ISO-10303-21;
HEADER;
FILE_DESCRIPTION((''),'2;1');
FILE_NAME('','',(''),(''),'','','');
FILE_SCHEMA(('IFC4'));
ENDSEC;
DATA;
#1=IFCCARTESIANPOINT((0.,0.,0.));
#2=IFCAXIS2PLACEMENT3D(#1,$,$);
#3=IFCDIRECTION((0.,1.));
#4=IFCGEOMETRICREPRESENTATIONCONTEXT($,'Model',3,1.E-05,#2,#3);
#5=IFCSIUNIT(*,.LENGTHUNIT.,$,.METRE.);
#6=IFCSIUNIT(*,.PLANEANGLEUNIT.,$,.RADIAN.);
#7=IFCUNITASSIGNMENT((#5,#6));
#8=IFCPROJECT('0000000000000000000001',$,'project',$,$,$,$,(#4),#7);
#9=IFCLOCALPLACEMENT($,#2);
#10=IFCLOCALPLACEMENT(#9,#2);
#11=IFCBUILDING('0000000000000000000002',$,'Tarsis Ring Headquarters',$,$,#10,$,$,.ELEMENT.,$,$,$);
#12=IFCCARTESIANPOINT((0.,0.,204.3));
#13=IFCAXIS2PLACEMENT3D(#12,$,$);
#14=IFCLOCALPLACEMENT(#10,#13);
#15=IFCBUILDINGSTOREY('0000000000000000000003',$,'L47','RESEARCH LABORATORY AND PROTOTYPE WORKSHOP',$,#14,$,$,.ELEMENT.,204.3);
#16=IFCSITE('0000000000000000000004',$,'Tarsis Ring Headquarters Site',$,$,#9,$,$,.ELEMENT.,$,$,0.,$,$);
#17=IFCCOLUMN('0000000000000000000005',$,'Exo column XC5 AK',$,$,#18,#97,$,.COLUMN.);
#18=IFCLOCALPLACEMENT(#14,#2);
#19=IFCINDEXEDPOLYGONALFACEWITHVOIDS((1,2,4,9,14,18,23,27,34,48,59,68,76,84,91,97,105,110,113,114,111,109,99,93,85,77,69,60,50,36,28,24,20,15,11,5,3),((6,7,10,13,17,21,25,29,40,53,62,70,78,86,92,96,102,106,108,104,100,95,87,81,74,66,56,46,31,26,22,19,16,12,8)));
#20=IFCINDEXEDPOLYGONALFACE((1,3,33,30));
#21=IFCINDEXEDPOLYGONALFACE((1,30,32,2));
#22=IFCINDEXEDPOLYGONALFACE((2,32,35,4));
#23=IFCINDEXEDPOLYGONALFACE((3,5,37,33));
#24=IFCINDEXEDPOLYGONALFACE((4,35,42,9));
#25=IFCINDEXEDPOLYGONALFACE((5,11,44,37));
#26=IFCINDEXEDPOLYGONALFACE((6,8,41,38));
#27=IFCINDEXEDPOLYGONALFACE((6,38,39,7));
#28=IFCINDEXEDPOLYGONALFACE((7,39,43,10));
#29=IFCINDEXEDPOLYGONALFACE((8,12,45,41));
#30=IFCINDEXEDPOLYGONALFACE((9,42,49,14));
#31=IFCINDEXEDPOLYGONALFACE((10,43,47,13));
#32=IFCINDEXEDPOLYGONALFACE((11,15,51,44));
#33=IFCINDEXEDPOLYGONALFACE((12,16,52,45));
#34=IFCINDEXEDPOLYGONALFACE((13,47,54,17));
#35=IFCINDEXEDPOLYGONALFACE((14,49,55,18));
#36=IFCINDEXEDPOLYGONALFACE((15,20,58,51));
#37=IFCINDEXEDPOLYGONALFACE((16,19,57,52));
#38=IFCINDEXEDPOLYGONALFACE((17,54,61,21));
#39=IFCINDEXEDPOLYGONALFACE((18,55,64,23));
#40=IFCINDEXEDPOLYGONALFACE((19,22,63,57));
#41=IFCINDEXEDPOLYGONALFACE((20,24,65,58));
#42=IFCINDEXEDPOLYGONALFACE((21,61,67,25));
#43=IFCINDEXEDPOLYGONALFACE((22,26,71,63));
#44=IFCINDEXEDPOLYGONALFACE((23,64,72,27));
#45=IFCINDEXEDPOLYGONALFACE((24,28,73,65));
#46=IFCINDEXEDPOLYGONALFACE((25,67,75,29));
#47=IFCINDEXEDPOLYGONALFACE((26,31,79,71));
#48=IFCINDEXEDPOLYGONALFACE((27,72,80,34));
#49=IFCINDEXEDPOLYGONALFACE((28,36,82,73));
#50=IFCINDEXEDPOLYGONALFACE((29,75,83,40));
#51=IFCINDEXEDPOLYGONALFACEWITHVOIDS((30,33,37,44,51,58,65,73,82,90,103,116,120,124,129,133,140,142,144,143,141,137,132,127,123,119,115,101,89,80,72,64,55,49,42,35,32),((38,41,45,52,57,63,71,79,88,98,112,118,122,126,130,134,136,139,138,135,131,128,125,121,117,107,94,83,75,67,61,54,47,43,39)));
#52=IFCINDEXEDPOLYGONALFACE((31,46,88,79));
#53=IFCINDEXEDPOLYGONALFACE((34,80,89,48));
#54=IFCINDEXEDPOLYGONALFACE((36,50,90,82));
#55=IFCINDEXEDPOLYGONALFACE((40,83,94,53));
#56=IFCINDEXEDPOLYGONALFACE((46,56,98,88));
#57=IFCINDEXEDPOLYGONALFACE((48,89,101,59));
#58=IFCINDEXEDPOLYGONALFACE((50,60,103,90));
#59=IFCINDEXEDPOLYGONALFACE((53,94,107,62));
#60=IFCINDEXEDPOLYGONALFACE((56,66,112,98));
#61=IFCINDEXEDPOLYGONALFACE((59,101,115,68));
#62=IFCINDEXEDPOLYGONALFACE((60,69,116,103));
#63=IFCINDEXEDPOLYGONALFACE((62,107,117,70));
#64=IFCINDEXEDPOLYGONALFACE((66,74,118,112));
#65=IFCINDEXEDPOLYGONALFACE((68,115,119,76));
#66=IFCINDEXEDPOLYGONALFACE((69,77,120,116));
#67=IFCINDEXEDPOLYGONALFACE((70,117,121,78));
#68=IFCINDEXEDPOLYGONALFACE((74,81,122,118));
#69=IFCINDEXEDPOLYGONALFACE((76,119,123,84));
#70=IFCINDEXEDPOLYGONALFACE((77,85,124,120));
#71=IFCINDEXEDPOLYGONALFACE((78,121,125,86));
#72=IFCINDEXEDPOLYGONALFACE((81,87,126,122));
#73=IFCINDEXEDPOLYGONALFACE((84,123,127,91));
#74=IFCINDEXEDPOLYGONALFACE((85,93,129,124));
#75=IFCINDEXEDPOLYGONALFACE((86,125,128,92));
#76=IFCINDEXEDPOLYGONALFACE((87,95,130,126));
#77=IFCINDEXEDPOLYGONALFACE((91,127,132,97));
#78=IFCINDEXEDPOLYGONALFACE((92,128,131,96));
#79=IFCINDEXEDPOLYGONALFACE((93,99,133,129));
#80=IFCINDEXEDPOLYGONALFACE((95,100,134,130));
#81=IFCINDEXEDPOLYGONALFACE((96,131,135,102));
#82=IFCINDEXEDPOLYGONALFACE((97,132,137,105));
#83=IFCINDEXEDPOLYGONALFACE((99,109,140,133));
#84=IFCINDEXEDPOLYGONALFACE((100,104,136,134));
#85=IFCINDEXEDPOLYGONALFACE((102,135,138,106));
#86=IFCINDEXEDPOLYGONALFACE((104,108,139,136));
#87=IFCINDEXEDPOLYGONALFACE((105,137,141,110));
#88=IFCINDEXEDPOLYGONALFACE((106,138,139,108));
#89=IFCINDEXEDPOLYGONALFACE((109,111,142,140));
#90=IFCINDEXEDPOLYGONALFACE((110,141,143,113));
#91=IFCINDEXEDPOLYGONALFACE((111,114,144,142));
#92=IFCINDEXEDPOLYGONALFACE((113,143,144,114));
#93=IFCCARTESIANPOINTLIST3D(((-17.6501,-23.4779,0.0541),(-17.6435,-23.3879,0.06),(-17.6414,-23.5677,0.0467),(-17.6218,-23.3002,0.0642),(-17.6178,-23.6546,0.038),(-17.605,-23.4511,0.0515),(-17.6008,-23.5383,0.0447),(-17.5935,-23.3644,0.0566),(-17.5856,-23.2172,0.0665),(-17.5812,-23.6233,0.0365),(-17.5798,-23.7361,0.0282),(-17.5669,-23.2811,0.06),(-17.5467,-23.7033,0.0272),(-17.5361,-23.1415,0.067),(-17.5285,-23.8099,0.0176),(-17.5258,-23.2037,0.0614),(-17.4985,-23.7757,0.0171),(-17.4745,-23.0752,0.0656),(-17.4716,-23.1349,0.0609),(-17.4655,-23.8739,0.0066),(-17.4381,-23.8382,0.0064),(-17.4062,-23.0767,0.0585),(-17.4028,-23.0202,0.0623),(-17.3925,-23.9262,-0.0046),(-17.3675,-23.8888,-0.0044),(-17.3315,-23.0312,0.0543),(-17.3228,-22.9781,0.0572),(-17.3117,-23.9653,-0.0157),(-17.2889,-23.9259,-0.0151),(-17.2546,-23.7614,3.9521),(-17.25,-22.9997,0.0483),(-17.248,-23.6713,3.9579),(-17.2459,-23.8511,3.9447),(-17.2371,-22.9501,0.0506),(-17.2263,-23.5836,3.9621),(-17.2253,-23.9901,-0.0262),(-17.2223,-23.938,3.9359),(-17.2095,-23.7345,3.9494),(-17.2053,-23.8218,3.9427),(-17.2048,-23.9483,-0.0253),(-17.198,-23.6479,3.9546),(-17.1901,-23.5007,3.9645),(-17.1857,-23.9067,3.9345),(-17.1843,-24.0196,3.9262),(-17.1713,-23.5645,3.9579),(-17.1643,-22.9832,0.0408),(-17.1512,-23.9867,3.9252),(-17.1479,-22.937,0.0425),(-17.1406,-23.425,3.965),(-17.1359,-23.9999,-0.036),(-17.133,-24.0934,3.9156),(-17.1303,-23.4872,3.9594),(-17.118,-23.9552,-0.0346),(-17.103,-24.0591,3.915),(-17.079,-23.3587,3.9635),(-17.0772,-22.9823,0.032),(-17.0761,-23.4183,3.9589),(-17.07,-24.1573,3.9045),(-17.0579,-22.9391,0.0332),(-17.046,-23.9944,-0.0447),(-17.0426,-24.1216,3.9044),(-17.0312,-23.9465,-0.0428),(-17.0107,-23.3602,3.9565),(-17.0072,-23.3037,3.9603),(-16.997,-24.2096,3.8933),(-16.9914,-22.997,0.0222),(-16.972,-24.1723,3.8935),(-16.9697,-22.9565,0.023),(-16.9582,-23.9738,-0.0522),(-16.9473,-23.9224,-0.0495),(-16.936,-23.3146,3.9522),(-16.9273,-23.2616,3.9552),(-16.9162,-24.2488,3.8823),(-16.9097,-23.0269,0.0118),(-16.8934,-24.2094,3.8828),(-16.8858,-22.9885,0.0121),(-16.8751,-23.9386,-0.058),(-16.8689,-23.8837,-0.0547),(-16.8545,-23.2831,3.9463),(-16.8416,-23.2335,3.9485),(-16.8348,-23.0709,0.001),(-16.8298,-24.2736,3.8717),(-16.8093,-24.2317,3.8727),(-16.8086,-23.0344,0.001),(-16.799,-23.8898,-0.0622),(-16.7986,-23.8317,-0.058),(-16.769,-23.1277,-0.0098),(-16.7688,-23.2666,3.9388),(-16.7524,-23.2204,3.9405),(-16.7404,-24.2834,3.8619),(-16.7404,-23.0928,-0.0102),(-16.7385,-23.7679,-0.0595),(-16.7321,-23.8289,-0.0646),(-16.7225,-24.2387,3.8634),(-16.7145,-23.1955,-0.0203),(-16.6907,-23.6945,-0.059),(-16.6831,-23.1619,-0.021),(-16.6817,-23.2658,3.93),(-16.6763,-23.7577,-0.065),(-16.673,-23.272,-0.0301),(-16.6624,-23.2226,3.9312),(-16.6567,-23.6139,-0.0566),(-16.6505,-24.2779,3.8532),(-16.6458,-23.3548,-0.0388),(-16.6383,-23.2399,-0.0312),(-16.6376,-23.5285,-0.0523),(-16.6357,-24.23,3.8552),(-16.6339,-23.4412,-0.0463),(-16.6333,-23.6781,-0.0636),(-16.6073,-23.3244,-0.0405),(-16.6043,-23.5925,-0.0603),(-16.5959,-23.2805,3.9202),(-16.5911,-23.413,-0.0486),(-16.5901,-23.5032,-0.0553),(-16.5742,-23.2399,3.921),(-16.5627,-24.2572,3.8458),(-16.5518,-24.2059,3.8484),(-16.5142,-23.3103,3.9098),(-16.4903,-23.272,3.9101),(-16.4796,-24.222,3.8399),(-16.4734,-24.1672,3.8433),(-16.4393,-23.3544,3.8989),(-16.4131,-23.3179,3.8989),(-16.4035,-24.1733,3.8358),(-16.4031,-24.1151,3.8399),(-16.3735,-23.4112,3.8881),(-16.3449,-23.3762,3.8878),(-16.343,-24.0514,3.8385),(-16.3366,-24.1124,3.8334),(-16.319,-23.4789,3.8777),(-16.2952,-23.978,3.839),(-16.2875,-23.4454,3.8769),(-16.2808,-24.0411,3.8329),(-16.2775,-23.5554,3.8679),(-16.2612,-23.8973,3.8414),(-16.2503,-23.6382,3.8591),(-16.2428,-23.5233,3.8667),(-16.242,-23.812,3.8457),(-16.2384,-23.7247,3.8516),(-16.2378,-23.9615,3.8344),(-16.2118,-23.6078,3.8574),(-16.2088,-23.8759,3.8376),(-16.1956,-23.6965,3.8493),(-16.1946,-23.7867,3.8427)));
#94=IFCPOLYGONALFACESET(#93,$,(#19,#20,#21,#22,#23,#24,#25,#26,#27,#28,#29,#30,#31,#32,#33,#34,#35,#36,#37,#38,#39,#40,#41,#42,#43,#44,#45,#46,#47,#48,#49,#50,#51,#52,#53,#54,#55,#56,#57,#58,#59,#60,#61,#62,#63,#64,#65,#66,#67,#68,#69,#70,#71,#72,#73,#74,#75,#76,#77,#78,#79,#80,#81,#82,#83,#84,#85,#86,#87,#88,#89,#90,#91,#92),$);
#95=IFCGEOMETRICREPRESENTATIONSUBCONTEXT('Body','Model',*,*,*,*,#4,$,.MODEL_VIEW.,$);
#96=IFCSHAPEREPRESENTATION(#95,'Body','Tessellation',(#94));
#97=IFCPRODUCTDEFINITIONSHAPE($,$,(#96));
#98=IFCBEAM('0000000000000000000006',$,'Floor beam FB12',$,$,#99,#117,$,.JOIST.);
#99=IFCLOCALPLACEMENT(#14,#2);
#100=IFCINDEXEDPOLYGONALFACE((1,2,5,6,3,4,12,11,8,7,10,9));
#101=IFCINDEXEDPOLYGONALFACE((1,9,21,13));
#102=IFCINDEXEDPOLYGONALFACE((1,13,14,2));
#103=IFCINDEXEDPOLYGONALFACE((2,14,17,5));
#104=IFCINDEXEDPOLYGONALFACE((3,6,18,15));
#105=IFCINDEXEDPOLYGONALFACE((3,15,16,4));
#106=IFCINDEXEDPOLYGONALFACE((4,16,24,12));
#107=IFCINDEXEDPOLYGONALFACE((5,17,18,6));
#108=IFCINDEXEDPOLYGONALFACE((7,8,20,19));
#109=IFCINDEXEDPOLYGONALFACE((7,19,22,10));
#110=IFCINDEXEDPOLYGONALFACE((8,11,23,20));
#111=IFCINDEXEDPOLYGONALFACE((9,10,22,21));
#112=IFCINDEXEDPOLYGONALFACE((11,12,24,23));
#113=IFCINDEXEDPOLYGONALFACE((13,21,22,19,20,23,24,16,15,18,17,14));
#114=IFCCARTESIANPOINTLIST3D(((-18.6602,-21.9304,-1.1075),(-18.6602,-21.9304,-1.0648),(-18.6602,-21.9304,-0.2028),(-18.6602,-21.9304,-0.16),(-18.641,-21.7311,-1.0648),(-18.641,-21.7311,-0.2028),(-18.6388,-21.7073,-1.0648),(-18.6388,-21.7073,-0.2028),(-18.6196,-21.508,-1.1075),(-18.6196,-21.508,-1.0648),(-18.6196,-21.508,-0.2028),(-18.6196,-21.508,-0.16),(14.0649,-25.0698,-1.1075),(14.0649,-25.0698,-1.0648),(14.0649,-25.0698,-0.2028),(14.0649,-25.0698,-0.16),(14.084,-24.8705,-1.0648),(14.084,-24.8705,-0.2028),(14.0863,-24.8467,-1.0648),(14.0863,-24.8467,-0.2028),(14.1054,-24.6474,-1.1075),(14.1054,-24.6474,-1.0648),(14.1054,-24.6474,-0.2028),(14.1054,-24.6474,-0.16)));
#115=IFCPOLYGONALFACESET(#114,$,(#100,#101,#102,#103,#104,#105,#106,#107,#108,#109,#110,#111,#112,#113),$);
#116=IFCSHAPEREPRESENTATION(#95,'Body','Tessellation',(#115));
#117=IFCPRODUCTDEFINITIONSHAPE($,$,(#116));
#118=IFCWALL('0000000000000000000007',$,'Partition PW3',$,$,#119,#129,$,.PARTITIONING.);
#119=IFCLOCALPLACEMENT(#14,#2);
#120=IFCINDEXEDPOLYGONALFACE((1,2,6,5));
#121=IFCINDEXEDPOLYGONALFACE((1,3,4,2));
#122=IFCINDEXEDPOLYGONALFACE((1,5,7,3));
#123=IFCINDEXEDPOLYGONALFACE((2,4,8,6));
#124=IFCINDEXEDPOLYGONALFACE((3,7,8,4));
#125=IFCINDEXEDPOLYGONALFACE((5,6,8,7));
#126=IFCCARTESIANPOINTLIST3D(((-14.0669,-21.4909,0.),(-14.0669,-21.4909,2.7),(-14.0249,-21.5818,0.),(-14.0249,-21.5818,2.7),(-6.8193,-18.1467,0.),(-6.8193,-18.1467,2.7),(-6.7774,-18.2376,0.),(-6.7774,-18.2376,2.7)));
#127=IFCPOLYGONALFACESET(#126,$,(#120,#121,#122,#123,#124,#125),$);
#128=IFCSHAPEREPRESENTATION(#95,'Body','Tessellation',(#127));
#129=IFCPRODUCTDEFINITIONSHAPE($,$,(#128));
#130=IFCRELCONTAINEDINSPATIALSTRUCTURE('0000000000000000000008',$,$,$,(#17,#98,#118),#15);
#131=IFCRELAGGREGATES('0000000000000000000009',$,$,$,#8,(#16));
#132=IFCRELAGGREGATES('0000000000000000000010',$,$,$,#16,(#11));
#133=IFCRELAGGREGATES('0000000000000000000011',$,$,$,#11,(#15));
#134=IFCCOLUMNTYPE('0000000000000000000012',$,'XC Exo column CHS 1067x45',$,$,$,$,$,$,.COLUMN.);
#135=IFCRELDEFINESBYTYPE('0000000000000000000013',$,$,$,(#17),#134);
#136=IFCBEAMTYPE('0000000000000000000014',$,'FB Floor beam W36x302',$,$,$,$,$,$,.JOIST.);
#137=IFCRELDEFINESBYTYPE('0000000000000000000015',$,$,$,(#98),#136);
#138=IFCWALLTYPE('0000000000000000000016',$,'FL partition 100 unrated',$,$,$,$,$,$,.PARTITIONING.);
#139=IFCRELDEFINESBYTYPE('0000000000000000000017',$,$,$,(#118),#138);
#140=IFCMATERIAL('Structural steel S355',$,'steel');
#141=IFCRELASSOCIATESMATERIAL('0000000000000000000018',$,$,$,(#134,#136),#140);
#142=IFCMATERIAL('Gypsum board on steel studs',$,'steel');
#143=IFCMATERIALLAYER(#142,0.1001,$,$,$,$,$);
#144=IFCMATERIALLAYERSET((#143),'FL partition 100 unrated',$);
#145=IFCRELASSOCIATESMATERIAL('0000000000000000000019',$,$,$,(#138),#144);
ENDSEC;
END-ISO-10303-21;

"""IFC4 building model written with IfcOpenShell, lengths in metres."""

from ifc_helpers import new_model, si_unit, direction, frame, frame_2d, origin, origin_2d, place, context, subcontext, project, spatial, rectangle, hollow_circle, i_section, extrude, material, layer, layer_set, material_profile, profile_set, type_object, element, save


model = new_model("IFC4")

# Units and contexts
model_context = context("Model", 3, precision=1e-05, world=origin(), true_north=direction((0.0, 1.0)))
body_context = subcontext(model_context, "Body", "Model", "MODEL_VIEW")
ifc_project = project(units=[si_unit("LENGTHUNIT", "METRE"), si_unit("PLANEANGLEUNIT", "RADIAN")], contexts=[model_context])

# Site, building, storey
site_placement = place(None, origin())
site = spatial("IfcSite", under=ifc_project, at=site_placement, Name="Tarsis Ring Headquarters Site", CompositionType="ELEMENT", RefElevation=0.0)
building_placement = place(site_placement, origin())
building = spatial("IfcBuilding", under=site, at=building_placement, Name="Tarsis Ring Headquarters", CompositionType="ELEMENT")
storey_placement = place(building_placement, frame((0.0, 0.0, 204.3)))
storey = spatial("IfcBuildingStorey", under=building, at=storey_placement, Name="L47", Description="RESEARCH LABORATORY AND PROTOTYPE WORKSHOP", CompositionType="ELEMENT", Elevation=204.3)

# Column
ifc_material_1 = material(Name="Structural steel S355", Category="steel")
ifc_material_profile_1 = material_profile(ifc_material_1, hollow_circle(Radius=0.5334, WallThickness=0.0449, at=origin_2d()), Name="CHS 1067x45")
ifc_profile_set_1 = profile_set([ifc_material_profile_1], Name="Structural steel S355")
column_type = type_object("IfcColumnType", Name="XC Exo column CHS 1067x45", PredefinedType="COLUMN", material=ifc_profile_set_1)
column_placement = place(storey_placement, frame((-17.1194, -23.468, 0.001), z_axis=(0.100684, -0.072157, 0.992298), x_axis=(0.582519, 0.812817, 0.0)))
element("IfcColumn", 1, at=column_placement, inside=storey, type_object=column_type, Name="Exo column XC5 AK", PredefinedType="COLUMN", context=body_context, shape_type="SweptSolid", body=[
    extrude(hollow_circle(Radius=0.5334, WallThickness=0.0449, at=origin_2d()), origin(), (0.0, 0.0, 1.0), 3.9282),
])

# Beam
ifc_material_profile_2 = material_profile(ifc_material_1, i_section(OverallWidth=0.4243, OverallDepth=0.9475, WebThickness=0.0239, FlangeThickness=0.0427, at=origin_2d()), Name="W36x302")
ifc_profile_set_2 = profile_set([ifc_material_profile_2], Name="Structural steel S355")
beam_type = type_object("IfcBeamType", Name="FB Floor beam W36x302", PredefinedType="JOIST", material=ifc_profile_set_2)
beam_placement = place(storey_placement, frame((-18.6399, -21.7192, -0.6338), z_axis=(0.99543, -0.095494, 0.0), x_axis=(0.095494, 0.99543, 0.0)))
element("IfcBeam", 2, at=beam_placement, inside=storey, type_object=beam_type, Name="Floor beam FB12", PredefinedType="JOIST", context=body_context, shape_type="SweptSolid", body=[
    extrude(i_section(OverallWidth=0.4243, OverallDepth=0.9475, WebThickness=0.0239, FlangeThickness=0.0427, at=origin_2d()), origin(), (0.0, 0.0, 1.0), 32.8752),
])

# Wall
ifc_material_2 = material(Name="Gypsum board on steel studs", Category="steel")
ifc_layer_1 = layer(ifc_material_2, 0.1001)
ifc_layer_set_1 = layer_set([ifc_layer_1], Name="FL partition 100 unrated")
wall_type_1 = type_object("IfcWallType", Name="FL partition 100 unrated", PredefinedType="PARTITIONING", material=ifc_layer_set_1)
wall_1_placement = place(storey_placement, frame((-14.0459, -21.5364, 0.0), z_axis=(0.0, 0.0, 1.0), x_axis=(0.907997, 0.418977, 0.0)))
element("IfcWall", 3, at=wall_1_placement, inside=storey, type_object=wall_type_1, Name="Partition PW3", PredefinedType="PARTITIONING", context=body_context, shape_type="SweptSolid", body=[
    extrude(rectangle(XDim=7.9819, YDim=0.1001, at=frame_2d((3.991, 0.0))), origin(), (0.0, 0.0, 1.0), 2.7),
])

save(model, "model.ifc")
